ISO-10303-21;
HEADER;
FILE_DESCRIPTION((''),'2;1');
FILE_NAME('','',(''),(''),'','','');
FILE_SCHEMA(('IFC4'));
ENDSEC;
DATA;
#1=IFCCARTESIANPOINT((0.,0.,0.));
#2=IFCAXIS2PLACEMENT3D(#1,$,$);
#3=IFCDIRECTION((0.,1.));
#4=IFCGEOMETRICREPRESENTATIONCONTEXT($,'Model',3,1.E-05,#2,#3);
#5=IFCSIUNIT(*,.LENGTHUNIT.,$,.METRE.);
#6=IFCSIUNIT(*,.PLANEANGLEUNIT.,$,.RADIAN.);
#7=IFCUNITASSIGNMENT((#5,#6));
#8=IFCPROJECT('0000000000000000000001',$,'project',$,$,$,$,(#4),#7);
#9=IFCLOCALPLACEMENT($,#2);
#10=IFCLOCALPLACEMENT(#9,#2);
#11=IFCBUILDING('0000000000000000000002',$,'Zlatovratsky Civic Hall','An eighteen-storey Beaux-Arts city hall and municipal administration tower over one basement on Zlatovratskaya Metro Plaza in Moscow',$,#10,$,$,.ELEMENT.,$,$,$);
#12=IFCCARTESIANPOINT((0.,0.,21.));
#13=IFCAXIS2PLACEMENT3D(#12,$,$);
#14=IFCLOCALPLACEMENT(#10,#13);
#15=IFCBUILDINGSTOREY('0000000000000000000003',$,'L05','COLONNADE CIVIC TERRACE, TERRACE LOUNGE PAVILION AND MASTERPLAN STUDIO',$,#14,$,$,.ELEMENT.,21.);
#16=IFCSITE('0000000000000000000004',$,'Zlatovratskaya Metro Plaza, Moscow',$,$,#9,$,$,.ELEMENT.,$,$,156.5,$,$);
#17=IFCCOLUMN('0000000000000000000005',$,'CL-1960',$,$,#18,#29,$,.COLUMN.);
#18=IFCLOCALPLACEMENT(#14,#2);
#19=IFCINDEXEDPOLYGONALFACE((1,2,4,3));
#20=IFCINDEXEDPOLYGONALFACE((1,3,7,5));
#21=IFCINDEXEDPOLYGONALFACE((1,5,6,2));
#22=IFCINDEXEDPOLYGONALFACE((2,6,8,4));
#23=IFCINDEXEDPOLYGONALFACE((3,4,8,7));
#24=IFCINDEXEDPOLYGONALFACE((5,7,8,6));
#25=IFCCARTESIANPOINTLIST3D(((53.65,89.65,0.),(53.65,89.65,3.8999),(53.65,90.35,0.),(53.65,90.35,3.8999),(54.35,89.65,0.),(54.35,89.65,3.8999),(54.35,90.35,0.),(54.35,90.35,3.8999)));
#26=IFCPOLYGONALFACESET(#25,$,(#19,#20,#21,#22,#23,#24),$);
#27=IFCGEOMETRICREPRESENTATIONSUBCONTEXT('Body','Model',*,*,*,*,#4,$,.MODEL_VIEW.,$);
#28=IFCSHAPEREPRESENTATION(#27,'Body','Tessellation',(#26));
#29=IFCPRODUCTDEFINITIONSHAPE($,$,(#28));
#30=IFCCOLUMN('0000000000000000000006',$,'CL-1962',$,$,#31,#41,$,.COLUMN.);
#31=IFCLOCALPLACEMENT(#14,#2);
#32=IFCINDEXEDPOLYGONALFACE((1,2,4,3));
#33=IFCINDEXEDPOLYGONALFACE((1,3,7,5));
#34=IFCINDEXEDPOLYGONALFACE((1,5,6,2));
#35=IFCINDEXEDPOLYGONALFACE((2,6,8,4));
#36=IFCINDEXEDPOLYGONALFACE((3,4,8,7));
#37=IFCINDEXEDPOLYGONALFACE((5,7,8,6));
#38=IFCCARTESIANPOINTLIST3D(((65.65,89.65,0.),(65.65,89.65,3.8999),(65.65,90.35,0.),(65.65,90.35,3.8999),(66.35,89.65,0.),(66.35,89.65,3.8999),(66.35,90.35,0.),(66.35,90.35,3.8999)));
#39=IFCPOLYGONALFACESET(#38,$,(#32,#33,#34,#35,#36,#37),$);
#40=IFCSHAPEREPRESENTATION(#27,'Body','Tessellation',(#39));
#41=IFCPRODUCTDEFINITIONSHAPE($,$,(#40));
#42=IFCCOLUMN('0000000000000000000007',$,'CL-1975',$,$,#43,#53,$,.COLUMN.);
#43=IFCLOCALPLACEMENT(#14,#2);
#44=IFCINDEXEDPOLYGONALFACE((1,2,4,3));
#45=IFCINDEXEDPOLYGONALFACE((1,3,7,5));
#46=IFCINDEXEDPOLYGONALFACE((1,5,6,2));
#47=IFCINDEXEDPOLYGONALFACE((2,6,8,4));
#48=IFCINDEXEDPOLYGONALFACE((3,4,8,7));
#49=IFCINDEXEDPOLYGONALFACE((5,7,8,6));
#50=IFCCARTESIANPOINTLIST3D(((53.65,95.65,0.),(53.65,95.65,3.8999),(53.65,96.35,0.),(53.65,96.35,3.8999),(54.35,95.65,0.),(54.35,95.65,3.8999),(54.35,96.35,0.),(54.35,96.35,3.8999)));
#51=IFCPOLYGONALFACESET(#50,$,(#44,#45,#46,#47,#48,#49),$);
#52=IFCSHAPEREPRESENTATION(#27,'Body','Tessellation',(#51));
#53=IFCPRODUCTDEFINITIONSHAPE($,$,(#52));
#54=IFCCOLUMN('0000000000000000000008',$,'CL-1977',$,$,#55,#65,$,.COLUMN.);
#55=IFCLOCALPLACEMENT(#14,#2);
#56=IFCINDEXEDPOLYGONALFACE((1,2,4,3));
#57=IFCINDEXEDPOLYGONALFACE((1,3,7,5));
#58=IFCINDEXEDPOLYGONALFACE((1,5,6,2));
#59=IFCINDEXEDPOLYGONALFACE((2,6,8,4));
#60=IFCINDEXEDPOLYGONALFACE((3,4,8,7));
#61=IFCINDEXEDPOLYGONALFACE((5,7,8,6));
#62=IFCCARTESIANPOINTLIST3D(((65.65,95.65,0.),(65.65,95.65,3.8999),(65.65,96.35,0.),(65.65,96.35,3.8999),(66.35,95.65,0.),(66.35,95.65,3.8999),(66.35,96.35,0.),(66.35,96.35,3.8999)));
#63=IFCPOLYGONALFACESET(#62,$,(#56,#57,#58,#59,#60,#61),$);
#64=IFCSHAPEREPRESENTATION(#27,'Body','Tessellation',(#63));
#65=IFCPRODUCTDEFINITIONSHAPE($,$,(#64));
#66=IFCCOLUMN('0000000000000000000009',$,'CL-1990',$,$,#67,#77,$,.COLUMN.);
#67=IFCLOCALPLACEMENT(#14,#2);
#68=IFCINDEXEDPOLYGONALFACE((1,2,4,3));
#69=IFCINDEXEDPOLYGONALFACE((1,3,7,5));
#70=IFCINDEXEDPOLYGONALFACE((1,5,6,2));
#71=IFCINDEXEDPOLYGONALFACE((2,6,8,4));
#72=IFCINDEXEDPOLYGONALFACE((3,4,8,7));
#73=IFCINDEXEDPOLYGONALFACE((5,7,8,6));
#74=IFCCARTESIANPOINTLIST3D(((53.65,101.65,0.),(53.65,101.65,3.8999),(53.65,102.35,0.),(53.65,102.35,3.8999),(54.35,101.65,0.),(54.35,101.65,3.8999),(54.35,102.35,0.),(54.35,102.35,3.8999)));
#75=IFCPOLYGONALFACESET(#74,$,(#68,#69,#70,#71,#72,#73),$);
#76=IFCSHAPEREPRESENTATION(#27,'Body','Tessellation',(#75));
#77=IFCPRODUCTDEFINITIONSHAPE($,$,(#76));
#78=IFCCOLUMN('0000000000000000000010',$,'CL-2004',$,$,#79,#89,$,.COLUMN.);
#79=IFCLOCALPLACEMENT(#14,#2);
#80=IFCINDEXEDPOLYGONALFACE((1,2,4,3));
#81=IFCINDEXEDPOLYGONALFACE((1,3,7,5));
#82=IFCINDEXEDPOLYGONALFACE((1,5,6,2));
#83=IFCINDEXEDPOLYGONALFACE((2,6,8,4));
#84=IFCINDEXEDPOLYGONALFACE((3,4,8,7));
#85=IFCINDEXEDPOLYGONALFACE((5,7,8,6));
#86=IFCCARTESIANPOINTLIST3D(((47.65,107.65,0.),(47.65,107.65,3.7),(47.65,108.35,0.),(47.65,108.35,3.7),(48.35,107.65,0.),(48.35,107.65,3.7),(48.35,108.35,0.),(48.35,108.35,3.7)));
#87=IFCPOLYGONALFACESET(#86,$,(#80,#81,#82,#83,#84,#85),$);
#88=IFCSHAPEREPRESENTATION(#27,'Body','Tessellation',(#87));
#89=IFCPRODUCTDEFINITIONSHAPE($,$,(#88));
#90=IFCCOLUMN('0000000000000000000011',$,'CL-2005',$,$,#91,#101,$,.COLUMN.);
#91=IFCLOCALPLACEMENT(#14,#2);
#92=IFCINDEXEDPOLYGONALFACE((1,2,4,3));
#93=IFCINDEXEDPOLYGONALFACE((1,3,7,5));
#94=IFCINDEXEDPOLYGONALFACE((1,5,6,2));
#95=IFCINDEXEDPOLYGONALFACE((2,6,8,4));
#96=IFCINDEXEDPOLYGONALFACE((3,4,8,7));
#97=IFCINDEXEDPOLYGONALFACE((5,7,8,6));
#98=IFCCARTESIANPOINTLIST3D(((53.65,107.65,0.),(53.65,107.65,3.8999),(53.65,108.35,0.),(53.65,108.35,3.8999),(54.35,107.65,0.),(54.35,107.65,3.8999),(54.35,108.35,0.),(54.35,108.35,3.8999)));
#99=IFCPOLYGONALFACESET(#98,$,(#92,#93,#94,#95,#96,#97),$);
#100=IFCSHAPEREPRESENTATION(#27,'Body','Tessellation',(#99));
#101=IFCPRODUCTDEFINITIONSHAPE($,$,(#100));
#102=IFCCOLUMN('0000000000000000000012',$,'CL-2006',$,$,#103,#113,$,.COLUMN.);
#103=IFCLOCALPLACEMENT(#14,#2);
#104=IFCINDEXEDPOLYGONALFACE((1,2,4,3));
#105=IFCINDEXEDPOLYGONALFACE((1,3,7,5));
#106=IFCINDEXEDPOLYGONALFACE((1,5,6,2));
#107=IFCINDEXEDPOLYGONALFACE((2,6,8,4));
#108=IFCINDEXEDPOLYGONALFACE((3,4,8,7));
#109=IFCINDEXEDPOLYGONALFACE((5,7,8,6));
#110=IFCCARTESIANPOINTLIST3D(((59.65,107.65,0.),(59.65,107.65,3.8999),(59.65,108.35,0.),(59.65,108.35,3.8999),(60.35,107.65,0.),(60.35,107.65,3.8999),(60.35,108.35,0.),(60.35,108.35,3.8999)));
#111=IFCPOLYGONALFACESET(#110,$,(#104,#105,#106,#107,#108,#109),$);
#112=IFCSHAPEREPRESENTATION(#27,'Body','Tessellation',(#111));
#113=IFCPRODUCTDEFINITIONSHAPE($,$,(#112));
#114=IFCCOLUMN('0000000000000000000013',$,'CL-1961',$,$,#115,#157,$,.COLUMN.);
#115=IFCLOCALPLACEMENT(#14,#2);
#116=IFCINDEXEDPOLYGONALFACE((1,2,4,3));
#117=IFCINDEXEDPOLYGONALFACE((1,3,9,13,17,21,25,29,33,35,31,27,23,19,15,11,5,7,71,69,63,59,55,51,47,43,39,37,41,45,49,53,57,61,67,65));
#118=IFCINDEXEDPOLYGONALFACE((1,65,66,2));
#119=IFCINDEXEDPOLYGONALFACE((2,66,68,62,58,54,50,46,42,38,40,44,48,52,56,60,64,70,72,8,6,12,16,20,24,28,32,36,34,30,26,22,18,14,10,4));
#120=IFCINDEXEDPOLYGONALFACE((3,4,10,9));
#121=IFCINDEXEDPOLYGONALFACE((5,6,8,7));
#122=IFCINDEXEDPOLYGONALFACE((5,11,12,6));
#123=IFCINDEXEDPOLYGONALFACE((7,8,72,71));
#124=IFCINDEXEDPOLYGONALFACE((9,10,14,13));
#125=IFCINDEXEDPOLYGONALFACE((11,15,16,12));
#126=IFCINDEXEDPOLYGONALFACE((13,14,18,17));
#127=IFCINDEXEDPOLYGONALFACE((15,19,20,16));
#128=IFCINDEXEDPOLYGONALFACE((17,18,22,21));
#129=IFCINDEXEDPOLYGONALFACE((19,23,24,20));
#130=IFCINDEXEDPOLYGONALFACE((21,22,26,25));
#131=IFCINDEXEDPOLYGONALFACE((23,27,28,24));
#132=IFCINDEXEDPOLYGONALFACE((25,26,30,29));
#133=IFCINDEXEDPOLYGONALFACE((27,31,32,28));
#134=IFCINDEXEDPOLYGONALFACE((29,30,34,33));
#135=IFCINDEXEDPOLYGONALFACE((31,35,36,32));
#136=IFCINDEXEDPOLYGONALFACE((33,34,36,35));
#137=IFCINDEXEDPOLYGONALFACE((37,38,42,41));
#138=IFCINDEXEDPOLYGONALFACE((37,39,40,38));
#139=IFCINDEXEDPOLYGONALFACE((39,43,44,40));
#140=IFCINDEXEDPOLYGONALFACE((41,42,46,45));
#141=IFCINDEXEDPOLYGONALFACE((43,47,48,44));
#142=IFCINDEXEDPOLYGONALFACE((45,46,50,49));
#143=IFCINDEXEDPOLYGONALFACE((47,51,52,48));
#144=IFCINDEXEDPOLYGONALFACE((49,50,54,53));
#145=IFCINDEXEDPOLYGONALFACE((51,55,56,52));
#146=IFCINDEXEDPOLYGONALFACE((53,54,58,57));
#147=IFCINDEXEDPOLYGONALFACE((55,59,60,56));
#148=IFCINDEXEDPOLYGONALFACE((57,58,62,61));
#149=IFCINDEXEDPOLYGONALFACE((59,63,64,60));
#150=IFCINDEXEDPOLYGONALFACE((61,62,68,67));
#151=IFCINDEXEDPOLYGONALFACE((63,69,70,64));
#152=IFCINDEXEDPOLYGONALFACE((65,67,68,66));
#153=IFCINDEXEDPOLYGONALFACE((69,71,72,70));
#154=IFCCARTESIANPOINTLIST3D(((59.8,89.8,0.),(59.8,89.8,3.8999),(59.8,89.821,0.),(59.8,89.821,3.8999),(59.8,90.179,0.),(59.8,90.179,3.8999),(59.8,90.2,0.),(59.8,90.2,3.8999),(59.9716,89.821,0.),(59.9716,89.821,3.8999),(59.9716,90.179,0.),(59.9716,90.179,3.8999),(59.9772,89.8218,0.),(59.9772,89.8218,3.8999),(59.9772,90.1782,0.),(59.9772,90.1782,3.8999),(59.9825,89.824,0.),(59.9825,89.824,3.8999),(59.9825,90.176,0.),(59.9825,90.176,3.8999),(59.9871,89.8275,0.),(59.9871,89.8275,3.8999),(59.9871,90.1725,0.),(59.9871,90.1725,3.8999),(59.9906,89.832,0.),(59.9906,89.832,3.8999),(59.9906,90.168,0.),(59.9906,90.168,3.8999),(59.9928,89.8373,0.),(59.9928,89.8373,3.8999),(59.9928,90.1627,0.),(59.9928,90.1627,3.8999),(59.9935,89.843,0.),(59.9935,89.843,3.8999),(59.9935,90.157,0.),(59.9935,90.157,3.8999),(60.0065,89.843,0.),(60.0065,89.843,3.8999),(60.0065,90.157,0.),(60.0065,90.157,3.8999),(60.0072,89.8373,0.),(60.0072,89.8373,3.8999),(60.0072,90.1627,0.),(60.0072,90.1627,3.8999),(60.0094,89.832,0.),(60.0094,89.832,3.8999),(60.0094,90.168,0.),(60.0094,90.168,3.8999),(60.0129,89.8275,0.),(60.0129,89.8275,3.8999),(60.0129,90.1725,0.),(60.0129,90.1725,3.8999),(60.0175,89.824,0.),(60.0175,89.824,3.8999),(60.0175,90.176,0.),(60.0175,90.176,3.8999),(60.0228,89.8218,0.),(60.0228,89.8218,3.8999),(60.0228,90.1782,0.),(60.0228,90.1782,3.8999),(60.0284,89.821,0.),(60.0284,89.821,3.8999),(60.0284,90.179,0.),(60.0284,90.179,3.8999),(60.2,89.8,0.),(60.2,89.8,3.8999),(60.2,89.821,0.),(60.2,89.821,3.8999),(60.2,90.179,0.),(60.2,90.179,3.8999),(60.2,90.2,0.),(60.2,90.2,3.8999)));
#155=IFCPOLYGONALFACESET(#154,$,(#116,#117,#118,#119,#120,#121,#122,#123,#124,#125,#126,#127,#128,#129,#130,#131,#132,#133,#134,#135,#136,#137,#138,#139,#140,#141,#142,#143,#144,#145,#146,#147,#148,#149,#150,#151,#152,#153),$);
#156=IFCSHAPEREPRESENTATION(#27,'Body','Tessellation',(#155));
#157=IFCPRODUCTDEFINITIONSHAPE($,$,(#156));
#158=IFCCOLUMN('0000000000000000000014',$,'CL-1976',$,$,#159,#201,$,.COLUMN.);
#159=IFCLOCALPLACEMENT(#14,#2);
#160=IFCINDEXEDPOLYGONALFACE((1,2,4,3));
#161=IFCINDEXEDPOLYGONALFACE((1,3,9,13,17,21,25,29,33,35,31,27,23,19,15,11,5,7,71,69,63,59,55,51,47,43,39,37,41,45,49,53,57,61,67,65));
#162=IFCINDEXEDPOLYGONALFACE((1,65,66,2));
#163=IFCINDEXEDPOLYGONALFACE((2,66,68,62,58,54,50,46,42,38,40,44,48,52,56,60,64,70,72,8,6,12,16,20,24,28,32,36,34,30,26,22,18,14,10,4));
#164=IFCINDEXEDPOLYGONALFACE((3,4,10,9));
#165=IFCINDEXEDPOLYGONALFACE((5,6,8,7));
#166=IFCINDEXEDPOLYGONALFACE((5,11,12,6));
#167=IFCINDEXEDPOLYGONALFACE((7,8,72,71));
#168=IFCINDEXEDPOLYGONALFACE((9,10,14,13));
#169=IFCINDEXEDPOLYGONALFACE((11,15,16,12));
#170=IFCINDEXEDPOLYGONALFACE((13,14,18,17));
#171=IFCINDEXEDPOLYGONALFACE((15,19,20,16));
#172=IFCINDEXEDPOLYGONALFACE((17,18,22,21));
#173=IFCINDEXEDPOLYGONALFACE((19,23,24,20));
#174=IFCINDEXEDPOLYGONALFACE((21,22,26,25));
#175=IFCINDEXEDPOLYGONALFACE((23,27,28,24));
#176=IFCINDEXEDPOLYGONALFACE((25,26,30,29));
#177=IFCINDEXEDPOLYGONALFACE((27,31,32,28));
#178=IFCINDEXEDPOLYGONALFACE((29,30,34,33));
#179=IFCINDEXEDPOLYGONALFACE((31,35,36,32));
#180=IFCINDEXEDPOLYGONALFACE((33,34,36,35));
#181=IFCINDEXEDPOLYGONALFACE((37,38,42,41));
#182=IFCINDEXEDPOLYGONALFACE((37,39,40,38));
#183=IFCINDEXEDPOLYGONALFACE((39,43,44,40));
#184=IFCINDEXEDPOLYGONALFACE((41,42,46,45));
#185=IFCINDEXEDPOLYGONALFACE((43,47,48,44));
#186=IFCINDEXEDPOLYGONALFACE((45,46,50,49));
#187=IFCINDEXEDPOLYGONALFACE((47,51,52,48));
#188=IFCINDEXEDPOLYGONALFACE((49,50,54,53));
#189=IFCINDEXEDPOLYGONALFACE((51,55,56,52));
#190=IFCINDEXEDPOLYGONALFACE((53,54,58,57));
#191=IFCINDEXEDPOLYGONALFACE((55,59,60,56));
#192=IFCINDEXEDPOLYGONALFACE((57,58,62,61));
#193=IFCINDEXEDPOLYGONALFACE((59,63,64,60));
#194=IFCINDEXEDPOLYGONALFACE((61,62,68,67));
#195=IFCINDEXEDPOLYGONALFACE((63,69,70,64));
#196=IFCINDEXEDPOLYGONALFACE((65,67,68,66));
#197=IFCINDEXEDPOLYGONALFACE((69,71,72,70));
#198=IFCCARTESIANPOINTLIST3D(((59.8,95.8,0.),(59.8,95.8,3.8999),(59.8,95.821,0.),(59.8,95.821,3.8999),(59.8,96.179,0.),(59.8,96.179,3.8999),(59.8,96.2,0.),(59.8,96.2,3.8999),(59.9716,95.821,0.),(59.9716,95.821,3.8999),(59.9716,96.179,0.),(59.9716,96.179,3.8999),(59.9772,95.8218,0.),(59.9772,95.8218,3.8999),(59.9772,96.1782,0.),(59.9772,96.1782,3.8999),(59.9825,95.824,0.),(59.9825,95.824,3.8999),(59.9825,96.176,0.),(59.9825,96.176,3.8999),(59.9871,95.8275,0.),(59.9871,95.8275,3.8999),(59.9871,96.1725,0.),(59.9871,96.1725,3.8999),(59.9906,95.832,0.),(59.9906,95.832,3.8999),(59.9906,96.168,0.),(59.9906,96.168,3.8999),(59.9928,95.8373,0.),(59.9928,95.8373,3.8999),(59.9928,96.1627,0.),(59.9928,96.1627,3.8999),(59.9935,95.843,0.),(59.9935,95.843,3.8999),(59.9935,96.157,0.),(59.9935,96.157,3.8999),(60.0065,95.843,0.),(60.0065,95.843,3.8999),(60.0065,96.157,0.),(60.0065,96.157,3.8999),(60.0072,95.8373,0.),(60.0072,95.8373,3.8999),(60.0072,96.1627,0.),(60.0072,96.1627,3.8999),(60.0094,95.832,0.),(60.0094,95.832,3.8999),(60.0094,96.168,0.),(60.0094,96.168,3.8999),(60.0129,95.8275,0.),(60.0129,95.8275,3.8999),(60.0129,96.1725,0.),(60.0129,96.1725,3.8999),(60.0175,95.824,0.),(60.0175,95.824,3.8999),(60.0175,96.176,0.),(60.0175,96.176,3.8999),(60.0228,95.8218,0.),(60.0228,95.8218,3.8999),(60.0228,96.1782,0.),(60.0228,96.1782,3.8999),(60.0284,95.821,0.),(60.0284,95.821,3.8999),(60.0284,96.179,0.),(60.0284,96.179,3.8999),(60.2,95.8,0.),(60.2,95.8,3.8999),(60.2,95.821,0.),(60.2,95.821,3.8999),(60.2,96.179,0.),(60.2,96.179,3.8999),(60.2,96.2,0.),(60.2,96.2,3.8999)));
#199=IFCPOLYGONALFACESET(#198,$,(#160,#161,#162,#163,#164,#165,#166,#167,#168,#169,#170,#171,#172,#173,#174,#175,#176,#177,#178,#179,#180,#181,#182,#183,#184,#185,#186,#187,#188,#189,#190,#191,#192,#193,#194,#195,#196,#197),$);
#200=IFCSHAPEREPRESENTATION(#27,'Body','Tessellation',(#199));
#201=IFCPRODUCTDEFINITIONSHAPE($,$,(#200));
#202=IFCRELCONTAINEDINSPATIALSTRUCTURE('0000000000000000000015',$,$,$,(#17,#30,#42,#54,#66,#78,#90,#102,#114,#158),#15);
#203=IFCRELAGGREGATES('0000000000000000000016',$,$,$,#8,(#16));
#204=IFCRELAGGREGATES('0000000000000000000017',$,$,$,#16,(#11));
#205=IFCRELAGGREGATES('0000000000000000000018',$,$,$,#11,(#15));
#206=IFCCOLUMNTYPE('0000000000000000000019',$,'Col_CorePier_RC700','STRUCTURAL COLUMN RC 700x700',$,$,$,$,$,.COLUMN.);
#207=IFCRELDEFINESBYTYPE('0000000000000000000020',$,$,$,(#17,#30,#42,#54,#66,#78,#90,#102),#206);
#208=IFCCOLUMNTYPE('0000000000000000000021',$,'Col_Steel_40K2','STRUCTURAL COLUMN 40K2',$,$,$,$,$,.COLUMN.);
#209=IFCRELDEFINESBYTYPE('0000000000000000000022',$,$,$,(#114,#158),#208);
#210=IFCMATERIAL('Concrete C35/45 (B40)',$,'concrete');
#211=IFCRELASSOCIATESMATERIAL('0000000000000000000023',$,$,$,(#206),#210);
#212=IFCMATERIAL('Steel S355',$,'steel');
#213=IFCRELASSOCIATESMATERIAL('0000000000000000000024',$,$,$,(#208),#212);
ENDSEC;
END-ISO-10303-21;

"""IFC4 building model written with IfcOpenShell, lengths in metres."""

from ifc_helpers import new_model, si_unit, direction, frame, origin, origin_2d, place, context, subcontext, project, spatial, rectangle, i_section, extrude, material, material_profile, profile_set, type_object, element, save


model = new_model("IFC4")

# Units and contexts
model_context = context("Model", 3, precision=1e-05, world=origin(), true_north=direction((0.0, 1.0)))
body_context = subcontext(model_context, "Body", "Model", "MODEL_VIEW")
ifc_project = project(units=[si_unit("LENGTHUNIT", "METRE"), si_unit("PLANEANGLEUNIT", "RADIAN")], contexts=[model_context])

# Site, building, storey
site_placement = place(None, origin())
site = spatial("IfcSite", under=ifc_project, at=site_placement, Name="Zlatovratskaya Metro Plaza, Moscow", CompositionType="ELEMENT", RefElevation=156.5)
building_placement = place(site_placement, origin())
building = spatial("IfcBuilding", under=site, at=building_placement, Name="Zlatovratsky Civic Hall", Description="An eighteen-storey Beaux-Arts city hall and municipal administration tower over one basement on Zlatovratskaya Metro Plaza in Moscow", CompositionType="ELEMENT")
storey_placement = place(building_placement, frame((0.0, 0.0, 21.0)))
storey = spatial("IfcBuildingStorey", under=building, at=storey_placement, Name="L05", Description="COLONNADE CIVIC TERRACE, TERRACE LOUNGE PAVILION AND MASTERPLAN STUDIO", CompositionType="ELEMENT", Elevation=21.0)

# Columns
ifc_material_1 = material(Name="Concrete C35/45 (B40)", Category="concrete")
ifc_material_profile_1 = material_profile(ifc_material_1, rectangle(XDim=0.7, YDim=0.7, at=origin_2d()), Name="RC 700x700")
ifc_profile_set_1 = profile_set([ifc_material_profile_1], Name="Concrete C35/45 (B40)")
column_type_1 = type_object("IfcColumnType", Name="Col_CorePier_RC700", Description="STRUCTURAL COLUMN RC 700x700", PredefinedType="COLUMN", material=ifc_profile_set_1)
for number, where, z_axis, x_axis, name in (
    (1, (54.0, 90.0, 0.0), (0.0, 0.0, 1.0), (1.0, 0.0, 0.0), "CL-1960"),
    (2, (66.0, 90.0, 0.0), (0.0, 0.0, 1.0), (1.0, 0.0, 0.0), "CL-1962"),
    (3, (54.0, 96.0, 0.0), (0.0, 0.0, 1.0), (1.0, 0.0, 0.0), "CL-1975"),
    (4, (66.0, 96.0, 0.0), (0.0, 0.0, 1.0), (1.0, 0.0, 0.0), "CL-1977"),
    (5, (54.0, 102.0, 0.0), (0.0, 0.0, 1.0), (1.0, 0.0, 0.0), "CL-1990"),
):
    element("IfcColumn", number, at=place(storey_placement, frame(where, z_axis=z_axis, x_axis=x_axis)), inside=storey, type_object=column_type_1, Name=name, PredefinedType="COLUMN", context=body_context, shape_type="SweptSolid", body=[
        extrude(rectangle(XDim=0.7, YDim=0.7, at=origin_2d()), origin(), (0.0, 0.0, 1.0), 3.8999),
    ])
column_placement = place(storey_placement, frame((48.0, 108.0, 0.0), z_axis=(0.0, 0.0, 1.0), x_axis=(1.0, 0.0, 0.0)))
element("IfcColumn", 6, at=column_placement, inside=storey, type_object=column_type_1, Name="CL-2004", PredefinedType="COLUMN", context=body_context, shape_type="SweptSolid", body=[
    extrude(rectangle(XDim=0.7, YDim=0.7, at=origin_2d()), origin(), (0.0, 0.0, 1.0), 3.7),
])
for number, where, z_axis, x_axis, name in (
    (7, (54.0, 108.0, 0.0), (0.0, 0.0, 1.0), (1.0, 0.0, 0.0), "CL-2005"),
    (8, (60.0, 108.0, 0.0), (0.0, 0.0, 1.0), (1.0, 0.0, 0.0), "CL-2006"),
):
    element("IfcColumn", number, at=place(storey_placement, frame(where, z_axis=z_axis, x_axis=x_axis)), inside=storey, type_object=column_type_1, Name=name, PredefinedType="COLUMN", context=body_context, shape_type="SweptSolid", body=[
        extrude(rectangle(XDim=0.7, YDim=0.7, at=origin_2d()), origin(), (0.0, 0.0, 1.0), 3.8999),
    ])
ifc_material_2 = material(Name="Steel S355", Category="steel")
ifc_material_profile_2 = material_profile(ifc_material_2, i_section(OverallWidth=0.3999, OverallDepth=0.3999, WebThickness=0.0129, FlangeThickness=0.021, FilletRadius=0.022, at=origin_2d()), Name="40K2")
ifc_profile_set_2 = profile_set([ifc_material_profile_2], Name="Steel S355")
column_type_2 = type_object("IfcColumnType", Name="Col_Steel_40K2", Description="STRUCTURAL COLUMN 40K2", PredefinedType="COLUMN", material=ifc_profile_set_2)
for number, where, z_axis, x_axis, name in (
    (9, (60.0, 90.0, 0.0), (0.0, 0.0, 1.0), (1.0, 0.0, 0.0), "CL-1961"),
    (10, (60.0, 96.0, 0.0), (0.0, 0.0, 1.0), (1.0, 0.0, 0.0), "CL-1976"),
):
    element("IfcColumn", number, at=place(storey_placement, frame(where, z_axis=z_axis, x_axis=x_axis)), inside=storey, type_object=column_type_2, Name=name, PredefinedType="COLUMN", context=body_context, shape_type="SweptSolid", body=[
        extrude(i_section(OverallWidth=0.3999, OverallDepth=0.3999, WebThickness=0.0129, FlangeThickness=0.021, FilletRadius=0.022, at=origin_2d()), origin(), (0.0, 0.0, 1.0), 3.8999),
    ])

save(model, "model.ifc")
